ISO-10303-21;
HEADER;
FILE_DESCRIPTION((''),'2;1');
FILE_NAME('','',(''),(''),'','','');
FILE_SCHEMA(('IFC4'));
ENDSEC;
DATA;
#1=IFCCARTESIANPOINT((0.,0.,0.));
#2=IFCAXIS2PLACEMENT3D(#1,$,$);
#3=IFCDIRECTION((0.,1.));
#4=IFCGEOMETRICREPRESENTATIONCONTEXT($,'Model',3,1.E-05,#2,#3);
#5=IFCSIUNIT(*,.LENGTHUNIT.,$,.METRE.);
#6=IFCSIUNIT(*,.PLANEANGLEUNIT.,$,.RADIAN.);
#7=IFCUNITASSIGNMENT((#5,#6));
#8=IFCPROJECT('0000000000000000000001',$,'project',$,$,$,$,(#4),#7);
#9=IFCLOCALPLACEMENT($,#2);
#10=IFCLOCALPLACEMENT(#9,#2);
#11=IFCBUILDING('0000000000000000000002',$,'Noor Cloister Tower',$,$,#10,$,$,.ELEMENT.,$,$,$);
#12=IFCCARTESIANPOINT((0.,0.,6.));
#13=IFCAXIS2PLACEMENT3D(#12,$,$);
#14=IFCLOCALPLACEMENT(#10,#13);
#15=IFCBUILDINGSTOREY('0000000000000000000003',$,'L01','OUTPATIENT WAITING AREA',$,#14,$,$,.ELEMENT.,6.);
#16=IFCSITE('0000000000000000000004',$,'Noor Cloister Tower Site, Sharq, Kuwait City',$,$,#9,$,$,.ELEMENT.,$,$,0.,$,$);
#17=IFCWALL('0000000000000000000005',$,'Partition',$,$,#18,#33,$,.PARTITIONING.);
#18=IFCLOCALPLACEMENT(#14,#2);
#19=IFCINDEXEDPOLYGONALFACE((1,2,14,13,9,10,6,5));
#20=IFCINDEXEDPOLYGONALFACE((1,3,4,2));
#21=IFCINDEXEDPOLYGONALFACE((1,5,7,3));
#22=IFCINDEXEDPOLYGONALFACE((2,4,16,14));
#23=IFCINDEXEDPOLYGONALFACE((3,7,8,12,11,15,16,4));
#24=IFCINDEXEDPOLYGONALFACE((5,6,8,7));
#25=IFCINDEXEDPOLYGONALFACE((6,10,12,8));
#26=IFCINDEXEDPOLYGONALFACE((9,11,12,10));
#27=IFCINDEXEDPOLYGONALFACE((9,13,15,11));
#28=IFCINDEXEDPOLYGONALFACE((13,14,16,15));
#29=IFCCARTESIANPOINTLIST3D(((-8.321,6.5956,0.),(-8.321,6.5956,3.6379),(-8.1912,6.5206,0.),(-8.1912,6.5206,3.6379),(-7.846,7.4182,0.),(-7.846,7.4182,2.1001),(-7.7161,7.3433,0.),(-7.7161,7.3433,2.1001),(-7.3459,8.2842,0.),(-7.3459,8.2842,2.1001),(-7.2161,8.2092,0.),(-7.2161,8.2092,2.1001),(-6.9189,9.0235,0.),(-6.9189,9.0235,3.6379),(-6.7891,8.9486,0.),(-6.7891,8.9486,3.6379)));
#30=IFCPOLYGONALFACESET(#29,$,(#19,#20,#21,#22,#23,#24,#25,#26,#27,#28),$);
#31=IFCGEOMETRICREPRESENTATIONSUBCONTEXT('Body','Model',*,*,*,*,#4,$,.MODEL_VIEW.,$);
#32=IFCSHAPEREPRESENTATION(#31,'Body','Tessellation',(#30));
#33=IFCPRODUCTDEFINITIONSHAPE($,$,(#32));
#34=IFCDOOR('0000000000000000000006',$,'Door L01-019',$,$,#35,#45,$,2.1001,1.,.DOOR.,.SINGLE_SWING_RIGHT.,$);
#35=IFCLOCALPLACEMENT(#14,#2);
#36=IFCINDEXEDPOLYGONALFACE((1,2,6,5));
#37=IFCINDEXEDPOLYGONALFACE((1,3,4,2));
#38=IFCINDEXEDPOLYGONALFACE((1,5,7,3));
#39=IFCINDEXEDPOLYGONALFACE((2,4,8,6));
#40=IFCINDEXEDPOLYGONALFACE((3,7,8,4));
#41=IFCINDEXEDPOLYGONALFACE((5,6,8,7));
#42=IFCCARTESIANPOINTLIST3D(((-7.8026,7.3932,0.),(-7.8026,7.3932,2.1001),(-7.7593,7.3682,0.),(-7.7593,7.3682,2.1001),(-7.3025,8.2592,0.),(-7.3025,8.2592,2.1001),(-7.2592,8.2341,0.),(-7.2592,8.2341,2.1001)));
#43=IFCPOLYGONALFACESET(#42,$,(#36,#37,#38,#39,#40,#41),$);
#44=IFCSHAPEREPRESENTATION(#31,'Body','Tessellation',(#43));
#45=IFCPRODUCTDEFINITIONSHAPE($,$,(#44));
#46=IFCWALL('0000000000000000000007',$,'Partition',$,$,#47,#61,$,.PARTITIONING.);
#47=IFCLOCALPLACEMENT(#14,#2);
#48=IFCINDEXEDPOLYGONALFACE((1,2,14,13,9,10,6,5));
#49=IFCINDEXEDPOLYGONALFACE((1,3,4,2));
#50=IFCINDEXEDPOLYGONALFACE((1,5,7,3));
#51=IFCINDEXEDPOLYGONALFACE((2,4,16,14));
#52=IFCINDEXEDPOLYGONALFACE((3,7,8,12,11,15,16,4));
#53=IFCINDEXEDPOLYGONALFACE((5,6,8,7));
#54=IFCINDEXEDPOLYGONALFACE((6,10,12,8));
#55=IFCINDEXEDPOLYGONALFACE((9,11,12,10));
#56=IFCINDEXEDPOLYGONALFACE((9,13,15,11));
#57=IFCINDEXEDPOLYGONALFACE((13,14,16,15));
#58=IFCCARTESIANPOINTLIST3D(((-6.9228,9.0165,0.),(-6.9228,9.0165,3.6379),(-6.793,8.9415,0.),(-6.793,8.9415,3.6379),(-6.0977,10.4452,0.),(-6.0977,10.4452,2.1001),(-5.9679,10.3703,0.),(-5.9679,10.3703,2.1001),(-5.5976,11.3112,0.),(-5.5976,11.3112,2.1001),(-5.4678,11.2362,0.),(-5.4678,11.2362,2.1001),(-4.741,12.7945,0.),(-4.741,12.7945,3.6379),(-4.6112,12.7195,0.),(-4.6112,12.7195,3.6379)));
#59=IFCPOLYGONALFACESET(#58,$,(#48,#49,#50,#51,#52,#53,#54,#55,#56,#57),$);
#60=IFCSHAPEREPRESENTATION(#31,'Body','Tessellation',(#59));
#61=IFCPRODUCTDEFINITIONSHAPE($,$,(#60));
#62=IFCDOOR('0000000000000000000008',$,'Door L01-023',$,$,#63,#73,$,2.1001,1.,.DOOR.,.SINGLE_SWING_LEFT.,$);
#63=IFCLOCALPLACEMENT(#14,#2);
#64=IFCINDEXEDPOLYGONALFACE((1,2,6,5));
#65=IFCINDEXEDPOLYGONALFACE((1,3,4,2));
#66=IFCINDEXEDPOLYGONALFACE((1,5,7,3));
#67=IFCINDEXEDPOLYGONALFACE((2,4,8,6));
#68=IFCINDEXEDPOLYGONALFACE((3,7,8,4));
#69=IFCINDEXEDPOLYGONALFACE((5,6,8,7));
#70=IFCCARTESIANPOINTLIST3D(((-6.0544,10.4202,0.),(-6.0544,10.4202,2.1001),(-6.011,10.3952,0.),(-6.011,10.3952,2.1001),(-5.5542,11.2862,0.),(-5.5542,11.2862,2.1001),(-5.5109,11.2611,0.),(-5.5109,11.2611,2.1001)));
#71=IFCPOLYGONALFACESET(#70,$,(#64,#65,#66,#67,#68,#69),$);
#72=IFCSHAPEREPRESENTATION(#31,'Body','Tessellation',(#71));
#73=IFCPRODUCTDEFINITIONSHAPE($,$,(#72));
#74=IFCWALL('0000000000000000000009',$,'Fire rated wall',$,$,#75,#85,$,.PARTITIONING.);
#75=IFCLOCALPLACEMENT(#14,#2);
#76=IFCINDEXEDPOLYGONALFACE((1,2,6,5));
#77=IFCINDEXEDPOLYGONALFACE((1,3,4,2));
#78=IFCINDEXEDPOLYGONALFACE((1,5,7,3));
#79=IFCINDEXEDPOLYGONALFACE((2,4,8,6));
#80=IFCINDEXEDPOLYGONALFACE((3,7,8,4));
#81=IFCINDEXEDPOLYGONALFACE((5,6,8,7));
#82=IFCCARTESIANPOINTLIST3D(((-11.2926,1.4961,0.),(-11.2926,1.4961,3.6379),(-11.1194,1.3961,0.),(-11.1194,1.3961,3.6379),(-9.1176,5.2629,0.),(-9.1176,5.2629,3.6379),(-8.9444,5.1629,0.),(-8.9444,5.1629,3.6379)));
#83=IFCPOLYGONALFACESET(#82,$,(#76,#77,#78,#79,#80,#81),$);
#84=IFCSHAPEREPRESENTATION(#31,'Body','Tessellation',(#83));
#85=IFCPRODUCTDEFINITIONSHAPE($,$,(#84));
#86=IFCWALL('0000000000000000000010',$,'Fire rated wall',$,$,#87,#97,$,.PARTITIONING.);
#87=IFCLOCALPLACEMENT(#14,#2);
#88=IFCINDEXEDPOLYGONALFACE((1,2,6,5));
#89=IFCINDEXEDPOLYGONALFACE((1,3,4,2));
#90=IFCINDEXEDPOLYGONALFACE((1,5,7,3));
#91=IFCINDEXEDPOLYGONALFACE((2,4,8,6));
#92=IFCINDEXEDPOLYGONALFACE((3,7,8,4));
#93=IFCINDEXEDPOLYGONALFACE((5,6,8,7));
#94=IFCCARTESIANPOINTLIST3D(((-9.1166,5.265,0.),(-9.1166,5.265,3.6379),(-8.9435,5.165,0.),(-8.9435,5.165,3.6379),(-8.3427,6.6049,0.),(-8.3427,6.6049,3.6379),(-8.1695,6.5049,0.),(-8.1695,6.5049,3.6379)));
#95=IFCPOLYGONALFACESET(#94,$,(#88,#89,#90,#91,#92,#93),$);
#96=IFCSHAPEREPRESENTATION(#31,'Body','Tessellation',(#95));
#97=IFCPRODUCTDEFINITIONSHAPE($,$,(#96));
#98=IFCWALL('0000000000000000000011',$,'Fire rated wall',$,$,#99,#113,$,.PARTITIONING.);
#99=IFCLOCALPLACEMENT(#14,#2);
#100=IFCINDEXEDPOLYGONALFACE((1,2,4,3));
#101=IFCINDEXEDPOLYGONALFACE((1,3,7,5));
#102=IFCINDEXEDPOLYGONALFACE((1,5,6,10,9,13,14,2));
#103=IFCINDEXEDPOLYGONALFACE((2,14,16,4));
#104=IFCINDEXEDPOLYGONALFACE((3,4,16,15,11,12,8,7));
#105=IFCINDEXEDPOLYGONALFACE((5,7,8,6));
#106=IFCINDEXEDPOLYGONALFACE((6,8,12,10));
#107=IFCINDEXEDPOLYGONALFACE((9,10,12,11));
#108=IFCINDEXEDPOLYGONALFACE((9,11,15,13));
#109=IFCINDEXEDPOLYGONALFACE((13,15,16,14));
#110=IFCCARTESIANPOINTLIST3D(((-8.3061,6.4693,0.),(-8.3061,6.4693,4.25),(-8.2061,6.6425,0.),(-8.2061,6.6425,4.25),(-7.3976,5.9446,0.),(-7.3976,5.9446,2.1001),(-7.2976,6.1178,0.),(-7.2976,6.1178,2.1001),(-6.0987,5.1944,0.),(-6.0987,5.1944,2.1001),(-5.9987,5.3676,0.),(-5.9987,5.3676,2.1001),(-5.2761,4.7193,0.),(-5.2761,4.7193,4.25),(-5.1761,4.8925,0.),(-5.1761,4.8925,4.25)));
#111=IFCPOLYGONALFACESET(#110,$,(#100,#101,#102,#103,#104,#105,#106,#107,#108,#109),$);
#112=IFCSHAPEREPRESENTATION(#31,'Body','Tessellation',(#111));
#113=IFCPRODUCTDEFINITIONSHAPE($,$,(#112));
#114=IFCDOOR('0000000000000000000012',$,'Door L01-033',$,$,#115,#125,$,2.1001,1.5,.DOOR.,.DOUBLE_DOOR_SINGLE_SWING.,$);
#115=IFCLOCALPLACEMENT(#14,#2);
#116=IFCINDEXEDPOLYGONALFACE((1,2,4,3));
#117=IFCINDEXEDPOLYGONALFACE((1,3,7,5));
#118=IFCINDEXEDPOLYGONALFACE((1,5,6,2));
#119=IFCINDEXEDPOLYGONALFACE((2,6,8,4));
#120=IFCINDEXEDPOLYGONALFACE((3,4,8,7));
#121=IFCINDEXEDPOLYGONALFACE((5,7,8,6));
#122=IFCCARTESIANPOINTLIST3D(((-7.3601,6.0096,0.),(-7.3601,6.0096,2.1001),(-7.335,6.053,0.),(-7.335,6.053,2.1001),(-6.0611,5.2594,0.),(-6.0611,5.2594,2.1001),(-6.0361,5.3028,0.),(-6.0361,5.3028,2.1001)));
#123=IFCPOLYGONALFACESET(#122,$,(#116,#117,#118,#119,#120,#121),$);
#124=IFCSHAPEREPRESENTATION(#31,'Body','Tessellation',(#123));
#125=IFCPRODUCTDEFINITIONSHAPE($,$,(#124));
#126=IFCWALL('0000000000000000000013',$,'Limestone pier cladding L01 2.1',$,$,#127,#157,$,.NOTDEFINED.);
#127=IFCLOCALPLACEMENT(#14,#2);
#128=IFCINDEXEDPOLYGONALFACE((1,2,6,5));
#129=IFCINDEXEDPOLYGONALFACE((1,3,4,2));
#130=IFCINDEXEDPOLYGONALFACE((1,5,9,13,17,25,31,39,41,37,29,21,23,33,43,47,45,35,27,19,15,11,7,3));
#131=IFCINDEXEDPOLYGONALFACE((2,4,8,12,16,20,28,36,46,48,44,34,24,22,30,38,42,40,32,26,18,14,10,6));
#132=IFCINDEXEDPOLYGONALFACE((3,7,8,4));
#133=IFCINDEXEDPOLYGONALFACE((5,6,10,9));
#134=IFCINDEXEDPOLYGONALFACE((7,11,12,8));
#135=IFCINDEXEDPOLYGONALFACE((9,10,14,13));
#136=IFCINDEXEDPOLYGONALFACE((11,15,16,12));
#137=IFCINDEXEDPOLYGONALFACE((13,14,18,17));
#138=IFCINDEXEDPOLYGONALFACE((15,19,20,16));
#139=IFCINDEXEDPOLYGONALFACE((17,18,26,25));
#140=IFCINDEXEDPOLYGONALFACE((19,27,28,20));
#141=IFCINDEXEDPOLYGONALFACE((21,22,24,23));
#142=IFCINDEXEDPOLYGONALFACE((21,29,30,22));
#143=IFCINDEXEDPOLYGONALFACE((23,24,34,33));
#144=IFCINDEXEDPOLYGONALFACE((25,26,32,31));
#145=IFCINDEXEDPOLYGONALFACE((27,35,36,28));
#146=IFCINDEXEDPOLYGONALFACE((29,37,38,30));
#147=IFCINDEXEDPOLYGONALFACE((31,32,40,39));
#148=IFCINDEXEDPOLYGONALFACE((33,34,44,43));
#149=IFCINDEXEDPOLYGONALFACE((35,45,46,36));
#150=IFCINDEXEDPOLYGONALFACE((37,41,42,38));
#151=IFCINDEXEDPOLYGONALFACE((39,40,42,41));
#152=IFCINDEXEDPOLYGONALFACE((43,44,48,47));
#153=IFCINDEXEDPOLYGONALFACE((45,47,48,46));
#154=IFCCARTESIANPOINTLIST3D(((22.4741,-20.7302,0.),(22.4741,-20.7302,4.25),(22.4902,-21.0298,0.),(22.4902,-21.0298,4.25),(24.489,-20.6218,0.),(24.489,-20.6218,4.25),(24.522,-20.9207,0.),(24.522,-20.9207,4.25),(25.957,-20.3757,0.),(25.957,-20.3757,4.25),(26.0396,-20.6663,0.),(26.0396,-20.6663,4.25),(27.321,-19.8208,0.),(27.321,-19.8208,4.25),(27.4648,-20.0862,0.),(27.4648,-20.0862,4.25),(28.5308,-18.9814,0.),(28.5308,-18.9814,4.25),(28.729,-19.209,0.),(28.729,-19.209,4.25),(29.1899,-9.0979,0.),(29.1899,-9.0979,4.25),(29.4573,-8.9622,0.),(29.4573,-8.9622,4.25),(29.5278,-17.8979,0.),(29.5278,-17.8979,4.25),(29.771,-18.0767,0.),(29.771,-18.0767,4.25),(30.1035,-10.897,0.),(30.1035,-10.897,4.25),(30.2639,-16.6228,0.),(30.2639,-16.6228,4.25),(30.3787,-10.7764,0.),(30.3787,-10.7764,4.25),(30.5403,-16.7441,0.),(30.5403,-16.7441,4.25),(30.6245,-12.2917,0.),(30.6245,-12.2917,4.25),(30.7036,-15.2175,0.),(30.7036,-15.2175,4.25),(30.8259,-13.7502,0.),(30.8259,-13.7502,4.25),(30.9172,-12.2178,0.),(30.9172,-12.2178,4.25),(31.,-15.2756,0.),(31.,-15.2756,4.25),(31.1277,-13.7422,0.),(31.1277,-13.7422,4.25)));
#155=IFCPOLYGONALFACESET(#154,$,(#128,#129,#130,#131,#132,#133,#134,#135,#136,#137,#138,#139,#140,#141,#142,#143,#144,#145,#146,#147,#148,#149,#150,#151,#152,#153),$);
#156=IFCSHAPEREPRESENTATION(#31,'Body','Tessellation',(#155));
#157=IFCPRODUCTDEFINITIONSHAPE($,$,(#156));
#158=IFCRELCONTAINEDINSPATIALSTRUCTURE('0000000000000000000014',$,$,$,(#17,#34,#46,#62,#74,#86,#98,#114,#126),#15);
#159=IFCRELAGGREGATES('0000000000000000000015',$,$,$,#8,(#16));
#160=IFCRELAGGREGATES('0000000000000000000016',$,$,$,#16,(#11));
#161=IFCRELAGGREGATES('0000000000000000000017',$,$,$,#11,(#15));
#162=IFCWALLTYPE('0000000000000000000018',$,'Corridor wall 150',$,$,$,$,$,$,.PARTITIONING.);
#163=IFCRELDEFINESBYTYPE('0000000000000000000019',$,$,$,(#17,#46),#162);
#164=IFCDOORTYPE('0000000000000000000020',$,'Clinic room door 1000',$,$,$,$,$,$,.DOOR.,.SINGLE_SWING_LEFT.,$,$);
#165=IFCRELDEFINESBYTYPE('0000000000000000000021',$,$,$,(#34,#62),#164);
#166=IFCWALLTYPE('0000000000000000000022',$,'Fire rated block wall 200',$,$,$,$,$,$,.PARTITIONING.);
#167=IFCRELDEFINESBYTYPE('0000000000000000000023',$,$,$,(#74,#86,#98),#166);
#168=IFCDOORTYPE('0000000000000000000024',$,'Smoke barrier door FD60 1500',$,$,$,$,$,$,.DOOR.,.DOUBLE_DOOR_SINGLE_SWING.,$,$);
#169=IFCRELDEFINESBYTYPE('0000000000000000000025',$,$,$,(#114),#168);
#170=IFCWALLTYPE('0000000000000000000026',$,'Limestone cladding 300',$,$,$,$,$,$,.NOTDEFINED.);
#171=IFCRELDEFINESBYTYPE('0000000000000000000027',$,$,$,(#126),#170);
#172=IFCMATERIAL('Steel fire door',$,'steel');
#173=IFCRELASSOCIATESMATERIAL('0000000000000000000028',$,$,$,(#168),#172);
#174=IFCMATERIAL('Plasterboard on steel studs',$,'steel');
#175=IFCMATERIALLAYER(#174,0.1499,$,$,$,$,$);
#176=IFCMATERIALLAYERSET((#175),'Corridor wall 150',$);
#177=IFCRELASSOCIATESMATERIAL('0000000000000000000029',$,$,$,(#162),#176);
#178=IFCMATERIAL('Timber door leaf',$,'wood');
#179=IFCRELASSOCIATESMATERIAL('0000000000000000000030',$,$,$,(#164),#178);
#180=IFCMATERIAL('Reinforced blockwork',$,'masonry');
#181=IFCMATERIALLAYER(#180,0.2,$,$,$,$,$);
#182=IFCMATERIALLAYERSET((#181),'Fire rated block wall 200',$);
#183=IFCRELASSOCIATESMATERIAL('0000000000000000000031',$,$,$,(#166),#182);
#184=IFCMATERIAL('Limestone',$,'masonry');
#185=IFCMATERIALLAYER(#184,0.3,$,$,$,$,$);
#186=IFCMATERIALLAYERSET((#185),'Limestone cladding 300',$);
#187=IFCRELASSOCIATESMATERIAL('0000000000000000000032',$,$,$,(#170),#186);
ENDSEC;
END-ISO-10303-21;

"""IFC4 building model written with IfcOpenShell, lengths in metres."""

from ifc_helpers import new_model, si_unit, direction, frame, frame_2d, origin, place, context, subcontext, project, spatial, polyline, rectangle, outline, extrude, material, layer, layer_set, type_object, element, fill, save


model = new_model("IFC4")

# Units and contexts
model_context = context("Model", 3, precision=1e-05, world=origin(), true_north=direction((0.0, 1.0)))
body_context = subcontext(model_context, "Body", "Model", "MODEL_VIEW")
ifc_project = project(units=[si_unit("LENGTHUNIT", "METRE"), si_unit("PLANEANGLEUNIT", "RADIAN")], contexts=[model_context])

# Site, building, storey
site_placement = place(None, origin())
site = spatial("IfcSite", under=ifc_project, at=site_placement, Name="Noor Cloister Tower Site, Sharq, Kuwait City", CompositionType="ELEMENT", RefElevation=0.0)
building_placement = place(site_placement, origin())
building = spatial("IfcBuilding", under=site, at=building_placement, Name="Noor Cloister Tower", CompositionType="ELEMENT")
storey_placement = place(building_placement, frame((0.0, 0.0, 6.0)))
storey = spatial("IfcBuildingStorey", under=building, at=storey_placement, Name="L01", Description="OUTPATIENT WAITING AREA", CompositionType="ELEMENT", Elevation=6.0)

# Shared definitions
ifc_material_1 = material(Name="Steel fire door", Category="steel")
door_type_1 = type_object("IfcDoorType", Name="Smoke barrier door FD60 1500", OperationType="DOUBLE_DOOR_SINGLE_SWING", PredefinedType="DOOR", material=ifc_material_1)

# Walls, openings, doors
ifc_material_2 = material(Name="Plasterboard on steel studs", Category="steel")
ifc_layer_1 = layer(ifc_material_2, 0.1499)
ifc_layer_set_1 = layer_set([ifc_layer_1], Name="Corridor wall 150")
wall_type_1 = type_object("IfcWallType", Name="Corridor wall 150", PredefinedType="PARTITIONING", material=ifc_layer_set_1)
wall_1_placement = place(storey_placement, frame((-8.2561, 6.5581, 0.0), z_axis=(0.0, 0.0, 1.0), x_axis=(0.500082, 0.865978, 0.0)))
wall_1 = element("IfcWall", 1, at=wall_1_placement, inside=storey, type_object=wall_type_1, Name="Partition", PredefinedType="PARTITIONING", context=body_context, shape_type="SweptSolid", body=[
    extrude(rectangle(XDim=2.8037, YDim=0.1499, at=frame_2d((1.4019, 0.0))), origin(), (0.0, 0.0, 1.0), 3.6379),
])
opening_1_placement = place(wall_1_placement, frame((0.95, 0.0, 0.0)))
opening_1 = element("IfcOpeningElement", 2, at=opening_1_placement, cuts=wall_1, PredefinedType="OPENING", context=body_context, shape_type="SweptSolid", body=[
    extrude(rectangle(XDim=1.0, YDim=2.1001, at=frame_2d((0.5, 1.05))), frame((0.0, 0.085, 0.0), z_axis=(0.0, -1.0, 0.0), x_axis=(1.0, 0.0, 0.0)), (0.0, 0.0, 1.0), 0.1699),
])
ifc_material_3 = material(Name="Timber door leaf", Category="wood")
door_type_2 = type_object("IfcDoorType", Name="Clinic room door 1000", OperationType="SINGLE_SWING_LEFT", PredefinedType="DOOR", material=ifc_material_3)
door_1_placement = place(opening_1_placement, origin())
door_1 = element("IfcDoor", 3, at=door_1_placement, inside=storey, type_object=door_type_2, Name="Door L01-019", OperationType="SINGLE_SWING_RIGHT", OverallHeight=2.1001, OverallWidth=1.0, PredefinedType="DOOR", context=body_context, shape_type="SweptSolid", body=[
    extrude(rectangle(XDim=1.0, YDim=2.1001, at=frame_2d((0.5, 1.05))), frame((0.0, 0.0249, 0.0), z_axis=(0.0, -1.0, 0.0), x_axis=(1.0, 0.0, 0.0)), (0.0, 0.0, 1.0), 0.05),
])
fill(opening_1, door_1)
wall_2_placement = place(storey_placement, frame((-6.8579, 8.979, 0.0), z_axis=(0.0, 0.0, 1.0), x_axis=(0.500105, 0.865965, 0.0)))
wall_2 = element("IfcWall", 4, at=wall_2_placement, inside=storey, type_object=wall_type_1, Name="Partition", PredefinedType="PARTITIONING", context=body_context, shape_type="SweptSolid", body=[
    extrude(rectangle(XDim=4.3628, YDim=0.1499, at=frame_2d((2.1814, 0.0))), origin(), (0.0, 0.0, 1.0), 3.6379),
])
opening_2_placement = place(wall_2_placement, frame((1.6499, 0.0, 0.0)))
opening_2 = element("IfcOpeningElement", 5, at=opening_2_placement, cuts=wall_2, PredefinedType="OPENING", context=body_context, shape_type="SweptSolid", body=[
    extrude(rectangle(XDim=1.0, YDim=2.1001, at=frame_2d((0.5, 1.05))), frame((0.0, 0.085, 0.0), z_axis=(0.0, -1.0, 0.0), x_axis=(1.0, 0.0, 0.0)), (0.0, 0.0, 1.0), 0.1699),
])
door_2_placement = place(opening_2_placement, origin())
door_2 = element("IfcDoor", 6, at=door_2_placement, inside=storey, type_object=door_type_2, Name="Door L01-023", OperationType="SINGLE_SWING_LEFT", OverallHeight=2.1001, OverallWidth=1.0, PredefinedType="DOOR", context=body_context, shape_type="SweptSolid", body=[
    extrude(rectangle(XDim=1.0, YDim=2.1001, at=frame_2d((0.5, 1.05))), frame((0.0, 0.0249, 0.0), z_axis=(0.0, -1.0, 0.0), x_axis=(1.0, 0.0, 0.0)), (0.0, 0.0, 1.0), 0.05),
])
fill(opening_2, door_2)

# Walls
ifc_material_4 = material(Name="Reinforced blockwork", Category="masonry")
ifc_layer_2 = layer(ifc_material_4, 0.2)
ifc_layer_set_2 = layer_set([ifc_layer_2], Name="Fire rated block wall 200")
wall_type_2 = type_object("IfcWallType", Name="Fire rated block wall 200", PredefinedType="PARTITIONING", material=ifc_layer_set_2)
wall_3_placement = place(storey_placement, frame((-9.031, 5.2129, 0.0), z_axis=(0.0, 0.0, 1.0), x_axis=(-0.500045, -0.866, 0.0)))
element("IfcWall", 7, at=wall_3_placement, inside=storey, type_object=wall_type_2, Name="Fire rated wall", PredefinedType="PARTITIONING", context=body_context, shape_type="SweptSolid", body=[
    extrude(rectangle(XDim=4.3496, YDim=0.2, at=frame_2d((2.1748, 0.0))), origin(), (0.0, 0.0, 1.0), 3.6379),
])
wall_4_placement = place(storey_placement, frame((-8.2561, 6.5549, 0.0), z_axis=(0.0, 0.0, 1.0), x_axis=(-0.500178, -0.865923, 0.0)))
element("IfcWall", 8, at=wall_4_placement, inside=storey, type_object=wall_type_2, Name="Fire rated wall", PredefinedType="PARTITIONING", context=body_context, shape_type="SweptSolid", body=[
    extrude(rectangle(XDim=1.5474, YDim=0.2, at=frame_2d((0.7737, 0.0))), origin(), (0.0, 0.0, 1.0), 3.6379),
])

# Wall, opening, door
wall_5_placement = place(storey_placement, frame((-5.2261, 4.8059, 0.0), z_axis=(0.0, 0.0, 1.0), x_axis=(-0.86595, 0.500131, 0.0)))
wall_5 = element("IfcWall", 9, at=wall_5_placement, inside=storey, type_object=wall_type_2, Name="Fire rated wall", PredefinedType="PARTITIONING", context=body_context, shape_type="SweptSolid", body=[
    extrude(rectangle(XDim=3.499, YDim=0.2, at=frame_2d((1.7495, 0.0))), origin(), (0.0, 0.0, 1.0), 4.25),
])
opening_3_placement = place(wall_5_placement, frame((0.95, 0.0, 0.0)))
opening_3 = element("IfcOpeningElement", 10, at=opening_3_placement, cuts=wall_5, PredefinedType="OPENING", context=body_context, shape_type="SweptSolid", body=[
    extrude(rectangle(XDim=1.5, YDim=2.1001, at=frame_2d((0.75, 1.05))), frame((0.0, 0.1099, 0.0), z_axis=(0.0, -1.0, 0.0), x_axis=(1.0, 0.0, 0.0)), (0.0, 0.0, 1.0), 0.22),
])
door_3_placement = place(opening_3_placement, origin())
door_3 = element("IfcDoor", 11, at=door_3_placement, inside=storey, type_object=door_type_1, Name="Door L01-033", OperationType="DOUBLE_DOOR_SINGLE_SWING", OverallHeight=2.1001, OverallWidth=1.5, PredefinedType="DOOR", context=body_context, shape_type="SweptSolid", body=[
    extrude(rectangle(XDim=1.5, YDim=2.1001, at=frame_2d((0.75, 1.05))), frame((0.0, 0.0249, 0.0), z_axis=(0.0, -1.0, 0.0), x_axis=(1.0, 0.0, 0.0)), (0.0, 0.0, 1.0), 0.05),
])
fill(opening_3, door_3)

# Wall
ifc_material_5 = material(Name="Limestone", Category="masonry")
ifc_layer_3 = layer(ifc_material_5, 0.3)
ifc_layer_set_3 = layer_set([ifc_layer_3], Name="Limestone cladding 300")
wall_type_3 = type_object("IfcWallType", Name="Limestone cladding 300", PredefinedType="NOTDEFINED", material=ifc_layer_set_3)
wall_6_placement = place(storey_placement, origin())
element("IfcWall", 12, at=wall_6_placement, inside=storey, type_object=wall_type_3, Name="Limestone pier cladding L01 2.1", PredefinedType="NOTDEFINED", context=body_context, shape_type="SweptSolid", body=[
    extrude(outline(polyline([(22.4902, -21.0298), (24.522, -20.9207), (26.0396, -20.6663), (27.4648, -20.0862), (28.729, -19.209), (29.771, -18.0767), (30.5403, -16.7441), (31.0, -15.2756), (31.1277, -13.7422), (30.9172, -12.2178), (30.3787, -10.7764), (29.4573, -8.9622), (29.1899, -9.0979), (30.1035, -10.897), (30.6245, -12.2917), (30.8259, -13.7502), (30.7036, -15.2175), (30.2639, -16.6228), (29.5278, -17.8979), (28.5308, -18.9814), (27.321, -19.8208), (25.957, -20.3757), (24.489, -20.6218), (22.4741, -20.7302), (22.4902, -21.0298)])), origin(), (0.0, 0.0, 1.0), 4.25),
])

save(model, "model.ifc")
